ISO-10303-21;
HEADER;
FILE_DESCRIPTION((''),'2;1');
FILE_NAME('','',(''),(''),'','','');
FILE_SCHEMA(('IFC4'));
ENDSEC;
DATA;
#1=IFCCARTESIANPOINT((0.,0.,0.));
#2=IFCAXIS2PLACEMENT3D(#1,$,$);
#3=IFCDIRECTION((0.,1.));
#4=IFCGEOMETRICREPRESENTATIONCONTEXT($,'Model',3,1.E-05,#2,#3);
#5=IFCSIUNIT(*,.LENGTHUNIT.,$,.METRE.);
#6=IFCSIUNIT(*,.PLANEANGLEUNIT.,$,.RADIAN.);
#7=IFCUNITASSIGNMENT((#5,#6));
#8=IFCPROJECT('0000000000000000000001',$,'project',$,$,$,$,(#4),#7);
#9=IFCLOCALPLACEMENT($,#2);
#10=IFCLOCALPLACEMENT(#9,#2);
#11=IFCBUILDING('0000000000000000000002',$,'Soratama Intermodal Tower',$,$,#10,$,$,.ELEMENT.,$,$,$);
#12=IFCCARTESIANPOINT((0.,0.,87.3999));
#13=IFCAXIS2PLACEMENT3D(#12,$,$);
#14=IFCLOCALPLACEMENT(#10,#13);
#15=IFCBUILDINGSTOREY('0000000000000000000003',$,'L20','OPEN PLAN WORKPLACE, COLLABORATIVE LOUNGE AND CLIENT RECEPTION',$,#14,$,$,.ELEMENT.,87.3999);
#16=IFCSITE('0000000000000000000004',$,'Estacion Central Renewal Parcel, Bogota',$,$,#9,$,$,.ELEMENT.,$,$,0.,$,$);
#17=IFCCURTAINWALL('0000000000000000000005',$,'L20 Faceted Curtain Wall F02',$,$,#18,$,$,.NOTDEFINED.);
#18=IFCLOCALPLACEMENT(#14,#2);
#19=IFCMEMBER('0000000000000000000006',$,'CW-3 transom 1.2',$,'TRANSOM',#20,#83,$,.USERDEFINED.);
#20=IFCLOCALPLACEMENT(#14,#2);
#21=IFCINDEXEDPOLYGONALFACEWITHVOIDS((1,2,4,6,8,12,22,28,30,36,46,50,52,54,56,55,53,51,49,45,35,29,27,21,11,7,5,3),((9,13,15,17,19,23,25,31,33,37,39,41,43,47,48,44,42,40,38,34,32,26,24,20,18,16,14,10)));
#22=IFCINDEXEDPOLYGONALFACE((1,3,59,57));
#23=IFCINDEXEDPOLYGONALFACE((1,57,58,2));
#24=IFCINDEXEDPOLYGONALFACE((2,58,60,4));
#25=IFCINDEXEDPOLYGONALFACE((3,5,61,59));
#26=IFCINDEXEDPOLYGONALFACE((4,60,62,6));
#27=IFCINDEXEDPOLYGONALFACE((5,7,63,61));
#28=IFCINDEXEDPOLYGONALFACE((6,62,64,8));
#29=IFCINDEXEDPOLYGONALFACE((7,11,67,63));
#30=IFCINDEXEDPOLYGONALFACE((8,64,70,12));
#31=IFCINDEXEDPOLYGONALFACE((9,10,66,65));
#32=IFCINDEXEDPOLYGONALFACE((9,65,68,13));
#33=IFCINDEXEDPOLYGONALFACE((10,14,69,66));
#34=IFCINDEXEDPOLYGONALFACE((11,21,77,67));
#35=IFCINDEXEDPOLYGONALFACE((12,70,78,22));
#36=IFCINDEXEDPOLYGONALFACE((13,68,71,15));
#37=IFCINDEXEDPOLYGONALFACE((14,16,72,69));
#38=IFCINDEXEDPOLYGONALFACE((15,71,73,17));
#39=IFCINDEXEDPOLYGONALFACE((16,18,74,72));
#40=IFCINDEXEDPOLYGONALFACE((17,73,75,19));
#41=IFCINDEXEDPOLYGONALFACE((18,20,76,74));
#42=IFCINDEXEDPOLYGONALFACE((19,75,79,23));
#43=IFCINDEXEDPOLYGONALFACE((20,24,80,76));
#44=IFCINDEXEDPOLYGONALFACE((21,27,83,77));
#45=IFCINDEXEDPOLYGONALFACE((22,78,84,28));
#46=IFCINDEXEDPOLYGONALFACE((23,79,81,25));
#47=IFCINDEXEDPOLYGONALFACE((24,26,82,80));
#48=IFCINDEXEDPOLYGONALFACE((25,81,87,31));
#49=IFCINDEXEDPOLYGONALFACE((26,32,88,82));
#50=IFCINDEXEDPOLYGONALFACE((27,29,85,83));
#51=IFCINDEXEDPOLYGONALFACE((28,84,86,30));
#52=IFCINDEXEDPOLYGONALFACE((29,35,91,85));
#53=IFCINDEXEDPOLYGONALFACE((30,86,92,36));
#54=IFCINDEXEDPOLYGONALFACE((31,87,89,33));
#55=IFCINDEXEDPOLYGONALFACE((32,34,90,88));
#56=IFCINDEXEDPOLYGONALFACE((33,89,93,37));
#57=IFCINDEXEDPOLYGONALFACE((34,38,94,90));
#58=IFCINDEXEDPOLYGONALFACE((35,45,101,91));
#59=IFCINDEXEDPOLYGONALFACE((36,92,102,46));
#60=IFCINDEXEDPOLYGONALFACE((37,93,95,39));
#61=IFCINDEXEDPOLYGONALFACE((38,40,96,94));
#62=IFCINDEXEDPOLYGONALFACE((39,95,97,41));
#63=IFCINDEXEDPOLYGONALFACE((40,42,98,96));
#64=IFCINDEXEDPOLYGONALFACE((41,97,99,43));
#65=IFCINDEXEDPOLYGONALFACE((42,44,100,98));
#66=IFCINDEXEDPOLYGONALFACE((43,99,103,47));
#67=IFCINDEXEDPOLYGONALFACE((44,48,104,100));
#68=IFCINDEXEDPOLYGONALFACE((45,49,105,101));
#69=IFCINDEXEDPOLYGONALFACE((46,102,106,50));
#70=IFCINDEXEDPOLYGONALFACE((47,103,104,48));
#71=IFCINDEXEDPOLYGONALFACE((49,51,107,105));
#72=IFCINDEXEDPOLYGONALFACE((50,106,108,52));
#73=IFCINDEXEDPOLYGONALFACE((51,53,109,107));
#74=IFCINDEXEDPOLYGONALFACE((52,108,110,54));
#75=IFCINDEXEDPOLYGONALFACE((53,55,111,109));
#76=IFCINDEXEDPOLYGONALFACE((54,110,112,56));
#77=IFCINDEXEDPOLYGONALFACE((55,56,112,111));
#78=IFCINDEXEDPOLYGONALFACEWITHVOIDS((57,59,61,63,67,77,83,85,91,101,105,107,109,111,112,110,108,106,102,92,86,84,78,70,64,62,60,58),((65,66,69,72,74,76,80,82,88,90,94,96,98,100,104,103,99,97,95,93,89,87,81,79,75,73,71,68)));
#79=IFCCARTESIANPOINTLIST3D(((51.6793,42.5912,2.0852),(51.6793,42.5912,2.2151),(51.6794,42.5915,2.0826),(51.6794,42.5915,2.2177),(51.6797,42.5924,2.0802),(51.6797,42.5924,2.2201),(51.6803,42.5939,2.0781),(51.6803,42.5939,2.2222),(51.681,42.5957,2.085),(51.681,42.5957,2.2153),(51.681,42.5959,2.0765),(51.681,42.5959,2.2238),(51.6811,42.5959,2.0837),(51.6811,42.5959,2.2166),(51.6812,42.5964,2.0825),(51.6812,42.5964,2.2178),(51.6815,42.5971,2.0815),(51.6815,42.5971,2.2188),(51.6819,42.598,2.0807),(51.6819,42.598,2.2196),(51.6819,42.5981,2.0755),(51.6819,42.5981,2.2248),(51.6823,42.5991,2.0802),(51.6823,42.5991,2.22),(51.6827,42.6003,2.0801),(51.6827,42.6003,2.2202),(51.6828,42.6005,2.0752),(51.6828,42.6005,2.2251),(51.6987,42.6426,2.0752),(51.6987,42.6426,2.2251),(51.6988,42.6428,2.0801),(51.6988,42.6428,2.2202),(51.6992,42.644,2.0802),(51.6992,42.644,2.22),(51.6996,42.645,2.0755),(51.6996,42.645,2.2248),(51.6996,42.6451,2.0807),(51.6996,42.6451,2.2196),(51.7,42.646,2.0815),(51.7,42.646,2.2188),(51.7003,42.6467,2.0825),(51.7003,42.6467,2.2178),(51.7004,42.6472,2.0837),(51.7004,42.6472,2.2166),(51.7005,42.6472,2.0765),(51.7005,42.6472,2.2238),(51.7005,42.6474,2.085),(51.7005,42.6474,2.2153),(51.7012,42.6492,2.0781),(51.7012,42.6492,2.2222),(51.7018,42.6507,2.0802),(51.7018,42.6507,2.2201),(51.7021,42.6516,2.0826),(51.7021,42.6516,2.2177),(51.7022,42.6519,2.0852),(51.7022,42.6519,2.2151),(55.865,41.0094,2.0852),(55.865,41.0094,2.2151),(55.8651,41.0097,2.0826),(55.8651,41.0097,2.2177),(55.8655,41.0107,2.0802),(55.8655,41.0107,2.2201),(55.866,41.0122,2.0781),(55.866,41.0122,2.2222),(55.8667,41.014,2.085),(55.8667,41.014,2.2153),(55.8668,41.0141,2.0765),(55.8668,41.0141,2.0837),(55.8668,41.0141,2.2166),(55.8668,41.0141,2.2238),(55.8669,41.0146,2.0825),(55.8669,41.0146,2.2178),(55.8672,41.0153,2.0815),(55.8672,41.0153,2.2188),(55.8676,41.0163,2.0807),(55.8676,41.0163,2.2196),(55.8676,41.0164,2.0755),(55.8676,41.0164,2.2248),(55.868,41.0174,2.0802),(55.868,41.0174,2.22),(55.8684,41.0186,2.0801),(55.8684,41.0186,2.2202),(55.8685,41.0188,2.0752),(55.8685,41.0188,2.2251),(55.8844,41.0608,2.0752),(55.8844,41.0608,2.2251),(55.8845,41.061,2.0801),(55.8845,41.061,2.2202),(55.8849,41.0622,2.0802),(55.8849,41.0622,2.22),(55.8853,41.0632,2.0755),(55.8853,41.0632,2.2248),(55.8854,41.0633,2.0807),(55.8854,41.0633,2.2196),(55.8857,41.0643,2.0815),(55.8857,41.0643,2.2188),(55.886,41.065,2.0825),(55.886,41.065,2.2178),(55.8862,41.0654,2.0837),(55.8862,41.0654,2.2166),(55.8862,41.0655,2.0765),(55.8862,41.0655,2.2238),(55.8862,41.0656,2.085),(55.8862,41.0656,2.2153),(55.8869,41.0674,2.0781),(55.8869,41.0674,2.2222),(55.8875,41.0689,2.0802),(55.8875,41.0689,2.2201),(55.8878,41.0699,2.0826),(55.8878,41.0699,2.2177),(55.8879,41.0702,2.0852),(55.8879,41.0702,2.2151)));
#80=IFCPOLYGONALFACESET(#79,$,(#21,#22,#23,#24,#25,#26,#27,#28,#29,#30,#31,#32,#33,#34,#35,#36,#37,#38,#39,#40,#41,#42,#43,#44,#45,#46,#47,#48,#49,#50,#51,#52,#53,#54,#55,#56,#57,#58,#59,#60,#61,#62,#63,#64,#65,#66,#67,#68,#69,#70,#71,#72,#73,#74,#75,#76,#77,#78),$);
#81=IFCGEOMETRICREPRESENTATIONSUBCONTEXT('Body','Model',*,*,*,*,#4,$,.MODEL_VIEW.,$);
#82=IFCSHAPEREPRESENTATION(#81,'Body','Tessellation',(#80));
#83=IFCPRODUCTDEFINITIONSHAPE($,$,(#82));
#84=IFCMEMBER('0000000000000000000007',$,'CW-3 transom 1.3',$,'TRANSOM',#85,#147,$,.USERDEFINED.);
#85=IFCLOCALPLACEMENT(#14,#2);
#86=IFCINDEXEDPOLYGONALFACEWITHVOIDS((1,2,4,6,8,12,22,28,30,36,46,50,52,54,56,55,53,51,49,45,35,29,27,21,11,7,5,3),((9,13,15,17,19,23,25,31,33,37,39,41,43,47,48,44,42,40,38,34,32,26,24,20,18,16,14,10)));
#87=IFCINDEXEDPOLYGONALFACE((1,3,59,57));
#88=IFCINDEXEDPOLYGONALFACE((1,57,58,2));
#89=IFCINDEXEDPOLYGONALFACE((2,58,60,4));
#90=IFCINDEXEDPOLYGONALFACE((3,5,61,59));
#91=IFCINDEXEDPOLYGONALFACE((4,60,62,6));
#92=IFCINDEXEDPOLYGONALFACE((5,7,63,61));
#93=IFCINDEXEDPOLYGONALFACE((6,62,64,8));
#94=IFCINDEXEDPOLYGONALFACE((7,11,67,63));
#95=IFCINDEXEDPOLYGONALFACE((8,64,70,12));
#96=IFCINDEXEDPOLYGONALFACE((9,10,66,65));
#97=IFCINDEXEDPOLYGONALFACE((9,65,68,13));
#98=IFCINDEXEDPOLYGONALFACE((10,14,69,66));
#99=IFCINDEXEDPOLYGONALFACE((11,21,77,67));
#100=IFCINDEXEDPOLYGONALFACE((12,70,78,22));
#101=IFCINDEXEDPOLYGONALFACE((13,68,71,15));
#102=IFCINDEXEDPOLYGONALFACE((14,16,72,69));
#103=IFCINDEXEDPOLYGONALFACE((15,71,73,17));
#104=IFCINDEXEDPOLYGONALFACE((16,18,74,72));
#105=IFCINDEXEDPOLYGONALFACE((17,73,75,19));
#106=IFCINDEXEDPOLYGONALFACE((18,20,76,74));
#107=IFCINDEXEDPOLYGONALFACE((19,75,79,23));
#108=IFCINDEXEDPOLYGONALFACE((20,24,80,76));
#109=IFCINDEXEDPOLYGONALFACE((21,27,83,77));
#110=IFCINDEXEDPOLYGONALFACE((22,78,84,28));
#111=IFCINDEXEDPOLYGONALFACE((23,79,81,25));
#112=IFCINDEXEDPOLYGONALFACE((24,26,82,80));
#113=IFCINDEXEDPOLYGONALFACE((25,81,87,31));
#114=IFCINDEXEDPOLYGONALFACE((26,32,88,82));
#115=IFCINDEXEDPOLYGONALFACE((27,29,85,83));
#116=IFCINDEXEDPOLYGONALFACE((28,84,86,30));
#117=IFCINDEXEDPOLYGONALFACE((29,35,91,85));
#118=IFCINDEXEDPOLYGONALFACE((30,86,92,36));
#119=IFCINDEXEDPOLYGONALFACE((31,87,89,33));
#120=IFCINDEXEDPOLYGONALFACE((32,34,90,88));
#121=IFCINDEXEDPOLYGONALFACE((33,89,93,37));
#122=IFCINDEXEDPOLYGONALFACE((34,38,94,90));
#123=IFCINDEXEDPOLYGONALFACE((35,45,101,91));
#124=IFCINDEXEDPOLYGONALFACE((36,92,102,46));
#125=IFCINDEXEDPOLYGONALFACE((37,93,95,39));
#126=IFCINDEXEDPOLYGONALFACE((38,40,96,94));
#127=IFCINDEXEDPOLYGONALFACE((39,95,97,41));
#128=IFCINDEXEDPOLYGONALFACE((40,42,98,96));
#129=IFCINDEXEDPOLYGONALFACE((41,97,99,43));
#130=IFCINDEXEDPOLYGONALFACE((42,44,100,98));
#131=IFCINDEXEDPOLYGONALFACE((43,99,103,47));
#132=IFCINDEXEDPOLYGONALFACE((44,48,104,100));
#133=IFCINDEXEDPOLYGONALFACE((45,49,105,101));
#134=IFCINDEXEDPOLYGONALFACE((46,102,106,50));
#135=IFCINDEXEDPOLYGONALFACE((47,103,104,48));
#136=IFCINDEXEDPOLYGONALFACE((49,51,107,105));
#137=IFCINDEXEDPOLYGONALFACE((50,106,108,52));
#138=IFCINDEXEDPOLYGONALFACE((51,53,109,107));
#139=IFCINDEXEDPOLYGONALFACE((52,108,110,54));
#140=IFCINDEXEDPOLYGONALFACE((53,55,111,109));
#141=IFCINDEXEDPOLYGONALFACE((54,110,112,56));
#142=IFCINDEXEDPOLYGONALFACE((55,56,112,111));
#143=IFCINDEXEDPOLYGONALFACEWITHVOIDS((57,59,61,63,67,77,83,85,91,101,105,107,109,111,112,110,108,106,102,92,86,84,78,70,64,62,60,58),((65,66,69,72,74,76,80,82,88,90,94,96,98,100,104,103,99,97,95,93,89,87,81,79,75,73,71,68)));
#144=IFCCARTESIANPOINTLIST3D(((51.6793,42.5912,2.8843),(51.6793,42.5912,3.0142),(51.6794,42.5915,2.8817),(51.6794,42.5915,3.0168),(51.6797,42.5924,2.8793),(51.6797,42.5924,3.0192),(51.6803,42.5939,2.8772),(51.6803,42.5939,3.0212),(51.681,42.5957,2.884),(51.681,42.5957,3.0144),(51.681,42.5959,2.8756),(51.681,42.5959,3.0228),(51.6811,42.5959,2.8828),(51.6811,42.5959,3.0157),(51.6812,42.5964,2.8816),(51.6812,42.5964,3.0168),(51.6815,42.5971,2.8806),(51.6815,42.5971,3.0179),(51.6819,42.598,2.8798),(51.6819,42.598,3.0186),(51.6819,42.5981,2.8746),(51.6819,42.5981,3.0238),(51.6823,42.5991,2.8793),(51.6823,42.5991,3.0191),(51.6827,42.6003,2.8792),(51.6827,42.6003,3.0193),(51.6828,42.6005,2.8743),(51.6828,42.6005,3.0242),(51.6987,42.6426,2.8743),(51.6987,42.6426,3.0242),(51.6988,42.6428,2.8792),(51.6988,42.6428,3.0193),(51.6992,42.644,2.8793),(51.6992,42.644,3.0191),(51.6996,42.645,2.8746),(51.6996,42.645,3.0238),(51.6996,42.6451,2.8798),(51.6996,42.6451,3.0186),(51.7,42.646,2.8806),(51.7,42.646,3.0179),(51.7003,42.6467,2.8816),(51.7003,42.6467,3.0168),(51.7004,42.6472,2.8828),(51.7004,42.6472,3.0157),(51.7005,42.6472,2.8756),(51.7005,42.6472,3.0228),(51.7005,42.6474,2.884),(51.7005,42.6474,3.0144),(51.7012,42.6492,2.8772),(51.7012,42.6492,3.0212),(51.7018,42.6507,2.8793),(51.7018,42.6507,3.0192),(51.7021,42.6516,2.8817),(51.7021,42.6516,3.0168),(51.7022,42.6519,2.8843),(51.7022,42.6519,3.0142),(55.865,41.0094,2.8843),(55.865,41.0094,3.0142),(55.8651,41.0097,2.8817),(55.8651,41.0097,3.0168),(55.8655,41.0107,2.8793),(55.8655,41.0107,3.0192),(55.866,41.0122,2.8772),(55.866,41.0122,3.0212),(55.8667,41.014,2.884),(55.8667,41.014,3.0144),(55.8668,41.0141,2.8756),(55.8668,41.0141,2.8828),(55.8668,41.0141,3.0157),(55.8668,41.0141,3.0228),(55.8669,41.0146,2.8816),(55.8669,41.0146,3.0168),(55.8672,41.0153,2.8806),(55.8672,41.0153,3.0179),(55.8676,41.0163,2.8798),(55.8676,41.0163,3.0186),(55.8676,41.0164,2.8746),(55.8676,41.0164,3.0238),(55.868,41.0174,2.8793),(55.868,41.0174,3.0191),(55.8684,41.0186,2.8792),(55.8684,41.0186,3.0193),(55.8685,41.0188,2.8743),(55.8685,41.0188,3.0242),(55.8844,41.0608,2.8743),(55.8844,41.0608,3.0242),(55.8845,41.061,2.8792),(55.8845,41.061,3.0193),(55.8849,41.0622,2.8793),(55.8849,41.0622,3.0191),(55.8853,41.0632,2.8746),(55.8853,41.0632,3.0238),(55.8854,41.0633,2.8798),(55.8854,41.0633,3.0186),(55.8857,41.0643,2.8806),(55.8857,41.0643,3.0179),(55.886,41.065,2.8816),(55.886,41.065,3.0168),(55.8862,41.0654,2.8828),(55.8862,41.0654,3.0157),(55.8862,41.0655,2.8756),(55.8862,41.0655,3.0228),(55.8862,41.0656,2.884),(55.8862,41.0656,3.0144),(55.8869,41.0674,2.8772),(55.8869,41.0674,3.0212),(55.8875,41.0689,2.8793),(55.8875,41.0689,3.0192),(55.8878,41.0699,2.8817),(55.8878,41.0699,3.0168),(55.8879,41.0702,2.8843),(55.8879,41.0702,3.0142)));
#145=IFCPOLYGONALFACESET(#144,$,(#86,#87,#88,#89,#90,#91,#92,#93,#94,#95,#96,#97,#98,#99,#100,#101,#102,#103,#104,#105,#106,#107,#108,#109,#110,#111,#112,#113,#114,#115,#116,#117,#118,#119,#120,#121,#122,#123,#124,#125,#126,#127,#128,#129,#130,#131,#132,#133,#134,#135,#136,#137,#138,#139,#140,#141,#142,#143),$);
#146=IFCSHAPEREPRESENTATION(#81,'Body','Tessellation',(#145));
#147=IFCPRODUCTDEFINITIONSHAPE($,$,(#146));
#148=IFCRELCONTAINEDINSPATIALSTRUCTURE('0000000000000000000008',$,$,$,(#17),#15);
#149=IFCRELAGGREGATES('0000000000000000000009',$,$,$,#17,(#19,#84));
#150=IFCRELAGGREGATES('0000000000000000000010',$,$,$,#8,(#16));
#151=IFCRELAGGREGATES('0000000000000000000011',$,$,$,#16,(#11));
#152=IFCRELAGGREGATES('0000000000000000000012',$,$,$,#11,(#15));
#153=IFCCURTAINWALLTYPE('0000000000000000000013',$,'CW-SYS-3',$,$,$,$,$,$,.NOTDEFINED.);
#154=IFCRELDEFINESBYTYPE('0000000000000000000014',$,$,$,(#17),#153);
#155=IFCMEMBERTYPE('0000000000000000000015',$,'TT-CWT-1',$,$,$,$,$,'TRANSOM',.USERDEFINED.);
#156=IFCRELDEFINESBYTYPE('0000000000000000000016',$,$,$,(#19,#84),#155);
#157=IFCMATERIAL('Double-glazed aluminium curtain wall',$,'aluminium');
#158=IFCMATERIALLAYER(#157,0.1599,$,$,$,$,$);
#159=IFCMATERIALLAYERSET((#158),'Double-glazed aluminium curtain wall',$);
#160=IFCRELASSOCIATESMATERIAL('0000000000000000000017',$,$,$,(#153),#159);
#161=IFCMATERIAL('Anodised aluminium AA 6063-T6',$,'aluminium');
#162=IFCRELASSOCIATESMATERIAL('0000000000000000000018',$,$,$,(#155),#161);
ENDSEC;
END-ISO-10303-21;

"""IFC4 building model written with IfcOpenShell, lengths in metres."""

from ifc_helpers import new_model, si_unit, direction, frame, origin, origin_2d, place, context, subcontext, project, spatial, hollow_rectangle, extrude, material, layer, layer_set, material_profile, profile_set, type_object, element, aggregate, save


model = new_model("IFC4")

# Units and contexts
model_context = context("Model", 3, precision=1e-05, world=origin(), true_north=direction((0.0, 1.0)))
body_context = subcontext(model_context, "Body", "Model", "MODEL_VIEW")
ifc_project = project(units=[si_unit("LENGTHUNIT", "METRE"), si_unit("PLANEANGLEUNIT", "RADIAN")], contexts=[model_context])

# Site, building, storey
site_placement = place(None, origin())
site = spatial("IfcSite", under=ifc_project, at=site_placement, Name="Estacion Central Renewal Parcel, Bogota", CompositionType="ELEMENT", RefElevation=0.0)
building_placement = place(site_placement, origin())
building = spatial("IfcBuilding", under=site, at=building_placement, Name="Soratama Intermodal Tower", CompositionType="ELEMENT")
storey_placement = place(building_placement, frame((0.0, 0.0, 87.3999)))
storey = spatial("IfcBuildingStorey", under=building, at=storey_placement, Name="L20", Description="OPEN PLAN WORKPLACE, COLLABORATIVE LOUNGE AND CLIENT RECEPTION", CompositionType="ELEMENT", Elevation=87.3999)

# Shared definitions
ifc_material_1 = material(Name="Double-glazed aluminium curtain wall", Category="aluminium")
ifc_layer_1 = layer(ifc_material_1, 0.1599)
ifc_layer_set_1 = layer_set([ifc_layer_1], Name="Double-glazed aluminium curtain wall")
curtain_wall_type = type_object("IfcCurtainWallType", Name="CW-SYS-3", PredefinedType="NOTDEFINED", material=ifc_layer_set_1)

# Curtain wall, members
curtain_wall_1_placement = place(storey_placement, origin())
curtain_wall_1 = element("IfcCurtainWall", 1, at=curtain_wall_1_placement, inside=storey, type_object=curtain_wall_type, Name="L20 Faceted Curtain Wall F02", PredefinedType="NOTDEFINED")
ifc_material_2 = material(Name="Anodised aluminium AA 6063-T6", Category="aluminium")
ifc_material_profile_1 = material_profile(ifc_material_2, hollow_rectangle(XDim=0.0649, YDim=0.1499, WallThickness=0.0049, InnerFilletRadius=0.0049, OuterFilletRadius=0.01, at=origin_2d()), Name="CWT150X65X5")
ifc_profile_set_1 = profile_set([ifc_material_profile_1], Name="Anodised aluminium AA 6063-T6")
member_type_1 = type_object("IfcMemberType", Name="TT-CWT-1", ElementType="TRANSOM", PredefinedType="USERDEFINED", material=ifc_profile_set_1)
member_1_placement = place(storey_placement, frame((55.8765, 41.0398, 2.1501), z_axis=(-0.935436, 0.353496, 0.0), x_axis=(-0.353496, -0.935436, 0.0)))
member_1 = element("IfcMember", 2, at=member_1_placement, type_object=member_type_1, Name="CW-3 transom 1.2", ObjectType="TRANSOM", PredefinedType="USERDEFINED", context=body_context, shape_type="SweptSolid", body=[
    extrude(hollow_rectangle(XDim=0.0649, YDim=0.1499, WallThickness=0.0049, InnerFilletRadius=0.0049, OuterFilletRadius=0.01, at=origin_2d()), origin(), (0.0, 0.0, 1.0), 4.4746),
])
member_2_placement = place(storey_placement, frame((55.8765, 41.0398, 2.9492), z_axis=(-0.935436, 0.353496, 0.0), x_axis=(-0.353496, -0.935436, 0.0)))
member_2 = element("IfcMember", 3, at=member_2_placement, type_object=member_type_1, Name="CW-3 transom 1.3", ObjectType="TRANSOM", PredefinedType="USERDEFINED", context=body_context, shape_type="SweptSolid", body=[
    extrude(hollow_rectangle(XDim=0.0649, YDim=0.1499, WallThickness=0.0049, InnerFilletRadius=0.0049, OuterFilletRadius=0.01, at=origin_2d()), origin(), (0.0, 0.0, 1.0), 4.4746),
])

aggregate(curtain_wall_1, [member_1, member_2])

save(model, "model.ifc")
